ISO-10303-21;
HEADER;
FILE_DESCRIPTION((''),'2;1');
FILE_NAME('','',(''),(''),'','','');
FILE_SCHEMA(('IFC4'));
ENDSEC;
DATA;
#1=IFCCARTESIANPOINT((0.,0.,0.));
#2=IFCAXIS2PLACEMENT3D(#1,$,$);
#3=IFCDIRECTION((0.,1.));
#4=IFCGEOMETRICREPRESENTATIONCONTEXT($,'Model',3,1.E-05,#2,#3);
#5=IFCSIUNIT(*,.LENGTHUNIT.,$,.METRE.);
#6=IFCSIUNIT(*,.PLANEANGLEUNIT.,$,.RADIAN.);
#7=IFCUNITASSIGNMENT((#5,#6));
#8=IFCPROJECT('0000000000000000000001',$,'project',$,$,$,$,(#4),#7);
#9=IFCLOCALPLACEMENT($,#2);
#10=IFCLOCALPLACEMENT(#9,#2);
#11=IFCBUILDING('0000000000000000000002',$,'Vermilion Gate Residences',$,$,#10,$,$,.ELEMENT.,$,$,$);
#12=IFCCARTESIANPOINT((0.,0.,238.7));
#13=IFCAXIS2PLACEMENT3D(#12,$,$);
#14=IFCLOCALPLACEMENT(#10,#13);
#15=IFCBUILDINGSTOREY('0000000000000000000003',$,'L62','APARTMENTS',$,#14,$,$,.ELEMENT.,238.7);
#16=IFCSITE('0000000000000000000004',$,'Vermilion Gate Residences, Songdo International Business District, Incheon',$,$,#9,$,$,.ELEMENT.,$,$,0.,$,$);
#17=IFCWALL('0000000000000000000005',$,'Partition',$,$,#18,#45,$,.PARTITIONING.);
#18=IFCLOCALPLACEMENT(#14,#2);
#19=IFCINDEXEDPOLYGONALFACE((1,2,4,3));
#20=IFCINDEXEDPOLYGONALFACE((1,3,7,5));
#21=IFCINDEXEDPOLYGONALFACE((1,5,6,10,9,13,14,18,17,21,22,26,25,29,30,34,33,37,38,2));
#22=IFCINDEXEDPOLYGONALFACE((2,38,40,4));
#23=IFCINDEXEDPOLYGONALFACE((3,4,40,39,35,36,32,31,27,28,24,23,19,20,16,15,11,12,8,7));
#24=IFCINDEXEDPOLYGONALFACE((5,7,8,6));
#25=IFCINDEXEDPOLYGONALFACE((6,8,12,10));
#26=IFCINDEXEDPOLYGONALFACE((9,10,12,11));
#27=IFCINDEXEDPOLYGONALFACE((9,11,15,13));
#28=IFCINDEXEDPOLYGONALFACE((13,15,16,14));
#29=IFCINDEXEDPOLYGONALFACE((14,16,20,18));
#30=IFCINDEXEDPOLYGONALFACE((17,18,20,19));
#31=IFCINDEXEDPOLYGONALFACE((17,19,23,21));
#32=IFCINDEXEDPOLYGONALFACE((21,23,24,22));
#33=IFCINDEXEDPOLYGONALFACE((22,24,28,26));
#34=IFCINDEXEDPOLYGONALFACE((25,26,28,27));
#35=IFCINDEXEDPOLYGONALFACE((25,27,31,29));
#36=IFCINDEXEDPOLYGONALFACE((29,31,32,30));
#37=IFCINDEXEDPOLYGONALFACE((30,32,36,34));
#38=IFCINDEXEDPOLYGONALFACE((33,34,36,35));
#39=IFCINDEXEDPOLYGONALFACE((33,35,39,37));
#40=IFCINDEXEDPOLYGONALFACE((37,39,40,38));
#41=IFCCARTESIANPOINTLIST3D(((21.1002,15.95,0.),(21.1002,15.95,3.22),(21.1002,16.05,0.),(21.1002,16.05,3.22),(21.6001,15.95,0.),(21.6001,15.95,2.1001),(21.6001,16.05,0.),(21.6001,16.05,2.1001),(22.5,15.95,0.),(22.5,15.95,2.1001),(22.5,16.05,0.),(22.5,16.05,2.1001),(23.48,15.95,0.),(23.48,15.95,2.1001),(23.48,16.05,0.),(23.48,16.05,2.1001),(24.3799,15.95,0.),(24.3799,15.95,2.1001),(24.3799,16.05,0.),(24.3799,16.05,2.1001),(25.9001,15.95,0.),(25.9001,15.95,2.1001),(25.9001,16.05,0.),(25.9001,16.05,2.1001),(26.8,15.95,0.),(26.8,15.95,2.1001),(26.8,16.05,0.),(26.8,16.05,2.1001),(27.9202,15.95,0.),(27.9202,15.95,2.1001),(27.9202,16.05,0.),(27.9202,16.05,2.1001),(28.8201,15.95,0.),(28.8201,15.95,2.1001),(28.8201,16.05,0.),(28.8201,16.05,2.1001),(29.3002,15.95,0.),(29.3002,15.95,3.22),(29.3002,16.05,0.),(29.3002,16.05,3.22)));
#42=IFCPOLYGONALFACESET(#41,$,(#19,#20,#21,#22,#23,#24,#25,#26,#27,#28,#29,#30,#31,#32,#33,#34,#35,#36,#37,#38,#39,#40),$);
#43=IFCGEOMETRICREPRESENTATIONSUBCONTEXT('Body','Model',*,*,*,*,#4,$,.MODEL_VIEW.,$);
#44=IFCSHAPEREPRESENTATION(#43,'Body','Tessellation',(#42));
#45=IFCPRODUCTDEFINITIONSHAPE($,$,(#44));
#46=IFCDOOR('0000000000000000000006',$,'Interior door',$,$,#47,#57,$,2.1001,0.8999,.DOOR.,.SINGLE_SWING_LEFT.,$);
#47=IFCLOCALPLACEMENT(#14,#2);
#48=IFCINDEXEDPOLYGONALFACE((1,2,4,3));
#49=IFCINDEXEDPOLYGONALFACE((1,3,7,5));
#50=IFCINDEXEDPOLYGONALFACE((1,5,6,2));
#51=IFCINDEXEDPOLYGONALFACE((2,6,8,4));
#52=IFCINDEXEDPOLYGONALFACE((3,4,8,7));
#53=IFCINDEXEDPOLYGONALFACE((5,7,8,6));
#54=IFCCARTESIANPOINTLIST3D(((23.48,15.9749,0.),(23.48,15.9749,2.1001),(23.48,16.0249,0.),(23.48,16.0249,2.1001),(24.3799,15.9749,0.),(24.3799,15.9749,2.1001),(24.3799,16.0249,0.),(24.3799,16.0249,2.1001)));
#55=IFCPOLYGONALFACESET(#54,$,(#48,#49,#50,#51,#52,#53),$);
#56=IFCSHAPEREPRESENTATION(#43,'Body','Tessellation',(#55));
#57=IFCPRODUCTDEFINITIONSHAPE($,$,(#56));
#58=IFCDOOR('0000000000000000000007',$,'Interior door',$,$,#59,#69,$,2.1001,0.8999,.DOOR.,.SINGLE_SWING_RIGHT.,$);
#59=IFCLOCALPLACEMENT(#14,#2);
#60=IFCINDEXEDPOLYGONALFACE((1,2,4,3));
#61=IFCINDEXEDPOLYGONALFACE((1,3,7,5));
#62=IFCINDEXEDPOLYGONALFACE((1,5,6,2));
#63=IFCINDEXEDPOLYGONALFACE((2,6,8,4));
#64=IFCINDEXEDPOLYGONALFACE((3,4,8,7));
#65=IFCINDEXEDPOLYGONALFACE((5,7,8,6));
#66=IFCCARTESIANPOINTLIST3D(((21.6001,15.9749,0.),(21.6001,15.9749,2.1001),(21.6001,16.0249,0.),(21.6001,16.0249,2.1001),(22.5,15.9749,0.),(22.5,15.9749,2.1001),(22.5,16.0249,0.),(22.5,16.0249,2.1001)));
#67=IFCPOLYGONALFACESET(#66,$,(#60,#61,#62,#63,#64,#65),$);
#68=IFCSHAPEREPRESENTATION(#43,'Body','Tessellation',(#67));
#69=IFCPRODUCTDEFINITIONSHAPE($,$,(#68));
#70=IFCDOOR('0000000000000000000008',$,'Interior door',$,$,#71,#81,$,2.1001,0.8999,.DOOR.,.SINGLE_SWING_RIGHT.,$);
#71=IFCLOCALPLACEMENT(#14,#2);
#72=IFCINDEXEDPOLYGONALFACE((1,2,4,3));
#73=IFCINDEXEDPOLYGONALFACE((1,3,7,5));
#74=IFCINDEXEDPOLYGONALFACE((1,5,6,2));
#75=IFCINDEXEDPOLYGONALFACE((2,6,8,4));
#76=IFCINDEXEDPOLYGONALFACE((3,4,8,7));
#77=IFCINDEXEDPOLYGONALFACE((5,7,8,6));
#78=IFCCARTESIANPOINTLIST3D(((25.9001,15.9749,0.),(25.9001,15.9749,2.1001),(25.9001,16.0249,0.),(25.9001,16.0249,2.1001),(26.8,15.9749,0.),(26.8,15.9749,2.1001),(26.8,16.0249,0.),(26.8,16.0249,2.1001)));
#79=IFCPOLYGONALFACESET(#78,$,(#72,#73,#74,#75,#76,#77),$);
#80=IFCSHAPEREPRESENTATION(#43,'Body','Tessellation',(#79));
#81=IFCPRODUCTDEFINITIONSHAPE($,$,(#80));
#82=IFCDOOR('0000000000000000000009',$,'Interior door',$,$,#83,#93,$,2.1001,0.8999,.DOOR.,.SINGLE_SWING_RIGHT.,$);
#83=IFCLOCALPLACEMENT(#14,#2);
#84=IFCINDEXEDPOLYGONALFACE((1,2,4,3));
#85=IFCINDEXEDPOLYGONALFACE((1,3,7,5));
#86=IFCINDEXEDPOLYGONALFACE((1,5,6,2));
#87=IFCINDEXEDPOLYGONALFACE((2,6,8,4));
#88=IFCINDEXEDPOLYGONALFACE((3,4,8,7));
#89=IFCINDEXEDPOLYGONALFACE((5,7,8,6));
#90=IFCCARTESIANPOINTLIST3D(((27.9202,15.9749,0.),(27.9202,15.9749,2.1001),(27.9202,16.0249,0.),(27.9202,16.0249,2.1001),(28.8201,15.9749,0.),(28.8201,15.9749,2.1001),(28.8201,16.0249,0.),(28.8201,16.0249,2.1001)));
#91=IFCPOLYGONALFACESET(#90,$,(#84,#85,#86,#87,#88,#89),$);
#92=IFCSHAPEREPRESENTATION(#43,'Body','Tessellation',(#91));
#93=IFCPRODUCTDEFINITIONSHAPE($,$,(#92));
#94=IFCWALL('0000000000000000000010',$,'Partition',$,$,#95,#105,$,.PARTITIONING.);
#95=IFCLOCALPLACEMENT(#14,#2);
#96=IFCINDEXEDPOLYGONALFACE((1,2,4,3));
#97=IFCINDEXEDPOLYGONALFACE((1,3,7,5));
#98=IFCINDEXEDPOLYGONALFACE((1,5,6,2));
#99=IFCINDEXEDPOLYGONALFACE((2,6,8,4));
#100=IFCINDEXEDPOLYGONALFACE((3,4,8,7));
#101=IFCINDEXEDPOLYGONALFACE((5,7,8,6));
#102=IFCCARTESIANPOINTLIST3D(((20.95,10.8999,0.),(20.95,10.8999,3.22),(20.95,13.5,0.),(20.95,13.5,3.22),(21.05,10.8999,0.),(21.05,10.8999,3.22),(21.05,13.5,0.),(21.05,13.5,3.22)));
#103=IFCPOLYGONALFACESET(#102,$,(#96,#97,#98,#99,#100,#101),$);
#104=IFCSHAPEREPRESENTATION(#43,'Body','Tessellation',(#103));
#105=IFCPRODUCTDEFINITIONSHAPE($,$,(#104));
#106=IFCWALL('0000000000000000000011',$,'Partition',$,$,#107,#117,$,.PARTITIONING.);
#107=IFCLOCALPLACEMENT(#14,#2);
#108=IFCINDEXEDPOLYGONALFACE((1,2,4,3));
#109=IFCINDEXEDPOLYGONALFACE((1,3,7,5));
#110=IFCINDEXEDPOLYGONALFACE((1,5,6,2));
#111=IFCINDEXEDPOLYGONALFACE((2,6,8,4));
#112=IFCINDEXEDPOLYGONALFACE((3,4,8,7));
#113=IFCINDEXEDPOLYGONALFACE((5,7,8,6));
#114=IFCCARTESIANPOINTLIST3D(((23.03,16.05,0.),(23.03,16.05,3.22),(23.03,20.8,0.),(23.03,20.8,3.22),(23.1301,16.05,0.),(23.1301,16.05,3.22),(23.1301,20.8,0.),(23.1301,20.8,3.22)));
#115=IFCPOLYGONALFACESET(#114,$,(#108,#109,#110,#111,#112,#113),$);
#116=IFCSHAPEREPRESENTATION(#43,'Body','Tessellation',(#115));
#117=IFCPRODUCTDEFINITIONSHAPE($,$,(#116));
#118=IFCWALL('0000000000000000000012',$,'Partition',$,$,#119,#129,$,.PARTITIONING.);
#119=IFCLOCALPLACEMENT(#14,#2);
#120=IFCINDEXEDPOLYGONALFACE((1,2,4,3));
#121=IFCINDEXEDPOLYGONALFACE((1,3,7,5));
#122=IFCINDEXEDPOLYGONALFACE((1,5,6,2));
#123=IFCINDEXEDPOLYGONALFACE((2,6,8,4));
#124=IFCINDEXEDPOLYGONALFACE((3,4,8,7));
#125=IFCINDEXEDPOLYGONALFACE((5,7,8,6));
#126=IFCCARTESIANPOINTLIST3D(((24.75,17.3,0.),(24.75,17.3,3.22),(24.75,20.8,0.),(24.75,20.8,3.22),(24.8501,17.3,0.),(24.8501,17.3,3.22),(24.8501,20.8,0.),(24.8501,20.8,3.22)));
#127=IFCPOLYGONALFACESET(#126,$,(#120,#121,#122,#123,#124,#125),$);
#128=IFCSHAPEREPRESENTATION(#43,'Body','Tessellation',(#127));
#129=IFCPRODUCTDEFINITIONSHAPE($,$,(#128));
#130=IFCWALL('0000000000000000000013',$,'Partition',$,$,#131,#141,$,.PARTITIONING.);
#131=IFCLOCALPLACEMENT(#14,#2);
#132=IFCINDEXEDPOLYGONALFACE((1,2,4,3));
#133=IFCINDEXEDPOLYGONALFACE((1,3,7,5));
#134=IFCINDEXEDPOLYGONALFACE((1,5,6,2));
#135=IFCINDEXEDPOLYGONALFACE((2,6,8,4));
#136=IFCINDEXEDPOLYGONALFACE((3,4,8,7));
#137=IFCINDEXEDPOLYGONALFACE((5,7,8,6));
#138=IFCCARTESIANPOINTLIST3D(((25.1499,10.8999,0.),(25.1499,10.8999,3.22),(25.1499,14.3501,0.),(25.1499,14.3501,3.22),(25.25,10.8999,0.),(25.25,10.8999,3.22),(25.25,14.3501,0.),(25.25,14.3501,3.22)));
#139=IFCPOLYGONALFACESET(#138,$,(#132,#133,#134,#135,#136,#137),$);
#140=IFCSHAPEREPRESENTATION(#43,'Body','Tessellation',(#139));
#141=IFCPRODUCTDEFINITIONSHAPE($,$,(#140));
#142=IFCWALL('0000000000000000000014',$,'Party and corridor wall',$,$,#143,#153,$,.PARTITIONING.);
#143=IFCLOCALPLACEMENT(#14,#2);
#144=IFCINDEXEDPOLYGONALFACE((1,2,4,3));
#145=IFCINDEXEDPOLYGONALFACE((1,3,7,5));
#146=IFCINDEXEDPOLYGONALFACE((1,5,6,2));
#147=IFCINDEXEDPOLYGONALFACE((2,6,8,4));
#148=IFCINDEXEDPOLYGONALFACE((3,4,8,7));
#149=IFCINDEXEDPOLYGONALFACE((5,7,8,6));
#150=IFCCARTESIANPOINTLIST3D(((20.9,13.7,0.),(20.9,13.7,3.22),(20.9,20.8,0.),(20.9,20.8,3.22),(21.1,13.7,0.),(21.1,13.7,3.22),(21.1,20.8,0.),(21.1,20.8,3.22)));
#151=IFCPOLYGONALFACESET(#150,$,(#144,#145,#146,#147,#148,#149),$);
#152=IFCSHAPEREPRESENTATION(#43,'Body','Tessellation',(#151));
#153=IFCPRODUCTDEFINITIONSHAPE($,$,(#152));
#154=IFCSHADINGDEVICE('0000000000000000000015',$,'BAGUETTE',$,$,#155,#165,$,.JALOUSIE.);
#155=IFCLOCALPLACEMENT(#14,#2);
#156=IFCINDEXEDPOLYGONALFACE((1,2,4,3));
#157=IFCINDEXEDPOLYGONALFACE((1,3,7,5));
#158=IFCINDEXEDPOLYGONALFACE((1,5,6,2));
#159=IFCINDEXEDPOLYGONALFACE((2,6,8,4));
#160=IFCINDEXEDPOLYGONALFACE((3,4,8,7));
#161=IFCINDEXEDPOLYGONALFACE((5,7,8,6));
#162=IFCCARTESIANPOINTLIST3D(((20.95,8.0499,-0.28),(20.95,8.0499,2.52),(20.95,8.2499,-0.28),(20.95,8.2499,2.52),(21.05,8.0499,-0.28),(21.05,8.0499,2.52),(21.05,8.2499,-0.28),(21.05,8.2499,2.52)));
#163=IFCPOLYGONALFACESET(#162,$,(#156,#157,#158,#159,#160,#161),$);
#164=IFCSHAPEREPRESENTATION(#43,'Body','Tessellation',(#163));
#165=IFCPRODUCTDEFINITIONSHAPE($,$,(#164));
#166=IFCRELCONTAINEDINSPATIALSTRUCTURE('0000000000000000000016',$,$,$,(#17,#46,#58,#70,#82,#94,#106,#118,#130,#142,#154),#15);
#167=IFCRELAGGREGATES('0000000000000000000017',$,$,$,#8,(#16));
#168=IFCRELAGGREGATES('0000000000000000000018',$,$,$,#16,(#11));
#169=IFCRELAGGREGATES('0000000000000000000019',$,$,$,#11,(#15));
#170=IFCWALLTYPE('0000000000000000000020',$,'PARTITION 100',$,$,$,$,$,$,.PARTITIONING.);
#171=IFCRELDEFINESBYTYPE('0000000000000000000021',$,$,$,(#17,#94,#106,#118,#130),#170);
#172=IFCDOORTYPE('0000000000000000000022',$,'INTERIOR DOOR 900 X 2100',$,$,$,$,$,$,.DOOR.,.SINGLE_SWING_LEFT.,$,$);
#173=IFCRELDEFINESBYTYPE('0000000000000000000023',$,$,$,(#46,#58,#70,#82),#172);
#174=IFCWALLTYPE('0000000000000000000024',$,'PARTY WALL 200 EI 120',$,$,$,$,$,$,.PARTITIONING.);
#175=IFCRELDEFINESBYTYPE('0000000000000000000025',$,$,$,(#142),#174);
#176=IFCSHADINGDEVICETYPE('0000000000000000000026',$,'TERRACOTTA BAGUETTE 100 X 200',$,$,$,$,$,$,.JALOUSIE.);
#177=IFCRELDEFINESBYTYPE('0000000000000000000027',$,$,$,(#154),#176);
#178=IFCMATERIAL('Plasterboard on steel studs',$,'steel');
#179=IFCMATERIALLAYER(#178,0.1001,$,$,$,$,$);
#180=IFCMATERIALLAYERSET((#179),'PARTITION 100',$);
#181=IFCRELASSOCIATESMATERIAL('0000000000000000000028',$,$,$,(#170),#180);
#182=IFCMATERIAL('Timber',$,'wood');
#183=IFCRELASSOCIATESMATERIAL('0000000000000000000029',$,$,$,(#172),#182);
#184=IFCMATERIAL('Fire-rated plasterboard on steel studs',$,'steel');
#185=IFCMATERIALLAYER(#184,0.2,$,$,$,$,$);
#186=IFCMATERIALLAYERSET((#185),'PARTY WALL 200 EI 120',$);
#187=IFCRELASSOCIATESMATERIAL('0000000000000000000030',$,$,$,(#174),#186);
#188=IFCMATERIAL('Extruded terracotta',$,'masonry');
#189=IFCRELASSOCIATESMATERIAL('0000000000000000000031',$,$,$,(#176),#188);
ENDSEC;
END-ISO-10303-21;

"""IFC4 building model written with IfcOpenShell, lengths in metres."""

from ifc_helpers import new_model, si_unit, direction, frame, frame_2d, origin, origin_2d, place, context, subcontext, project, spatial, rectangle, extrude, material, layer, layer_set, material_profile, profile_set, type_object, element, fill, save


model = new_model("IFC4")

# Units and contexts
model_context = context("Model", 3, precision=1e-05, world=origin(), true_north=direction((0.0, 1.0)))
body_context = subcontext(model_context, "Body", "Model", "MODEL_VIEW")
ifc_project = project(units=[si_unit("LENGTHUNIT", "METRE"), si_unit("PLANEANGLEUNIT", "RADIAN")], contexts=[model_context])

# Site, building, storey
site_placement = place(None, origin())
site = spatial("IfcSite", under=ifc_project, at=site_placement, Name="Vermilion Gate Residences, Songdo International Business District, Incheon", CompositionType="ELEMENT", RefElevation=0.0)
building_placement = place(site_placement, origin())
building = spatial("IfcBuilding", under=site, at=building_placement, Name="Vermilion Gate Residences", CompositionType="ELEMENT")
storey_placement = place(building_placement, frame((0.0, 0.0, 238.7)))
storey = spatial("IfcBuildingStorey", under=building, at=storey_placement, Name="L62", Description="APARTMENTS", CompositionType="ELEMENT", Elevation=238.7)

# Wall, openings, doors
ifc_material_1 = material(Name="Plasterboard on steel studs", Category="steel")
ifc_layer_1 = layer(ifc_material_1, 0.1001)
ifc_layer_set_1 = layer_set([ifc_layer_1], Name="PARTITION 100")
wall_type_1 = type_object("IfcWallType", Name="PARTITION 100", PredefinedType="PARTITIONING", material=ifc_layer_set_1)
ifc_material_2 = material(Name="Timber", Category="wood")
door_type = type_object("IfcDoorType", Name="INTERIOR DOOR 900 X 2100", OperationType="SINGLE_SWING_LEFT", PredefinedType="DOOR", material=ifc_material_2)
wall_1_placement = place(storey_placement, frame((21.1001, 16.0, 0.0), z_axis=(0.0, 0.0, 1.0), x_axis=(1.0, 0.0, 0.0)))
wall_1 = element("IfcWall", 1, at=wall_1_placement, inside=storey, type_object=wall_type_1, Name="Partition", PredefinedType="PARTITIONING", context=body_context, shape_type="SweptSolid", body=[
    extrude(rectangle(XDim=8.2, YDim=0.1001, at=frame_2d((4.1001, 0.0))), origin(), (0.0, 0.0, 1.0), 3.22),
])
opening_1_placement = place(wall_1_placement, frame((2.3799, 0.0, 0.0)))
opening_1 = element("IfcOpeningElement", 2, at=opening_1_placement, cuts=wall_1, PredefinedType="OPENING", context=body_context, shape_type="SweptSolid", body=[
    extrude(rectangle(XDim=0.8999, YDim=2.1001, at=frame_2d((0.45, 1.05))), frame((0.0, 0.0601, 0.0), z_axis=(0.0, -1.0, 0.0), x_axis=(1.0, 0.0, 0.0)), (0.0, 0.0, 1.0), 0.1201),
])
opening_2_placement = place(wall_1_placement, frame((0.5, 0.0, 0.0)))
opening_2 = element("IfcOpeningElement", 3, at=opening_2_placement, cuts=wall_1, PredefinedType="OPENING", context=body_context, shape_type="SweptSolid", body=[
    extrude(rectangle(XDim=0.8999, YDim=2.1001, at=frame_2d((0.45, 1.05))), frame((0.0, 0.0601, 0.0), z_axis=(0.0, -1.0, 0.0), x_axis=(1.0, 0.0, 0.0)), (0.0, 0.0, 1.0), 0.1201),
])
opening_3_placement = place(wall_1_placement, frame((4.8, 0.0, 0.0)))
opening_3 = element("IfcOpeningElement", 4, at=opening_3_placement, cuts=wall_1, PredefinedType="OPENING", context=body_context, shape_type="SweptSolid", body=[
    extrude(rectangle(XDim=0.8999, YDim=2.1001, at=frame_2d((0.45, 1.05))), frame((0.0, 0.0601, 0.0), z_axis=(0.0, -1.0, 0.0), x_axis=(1.0, 0.0, 0.0)), (0.0, 0.0, 1.0), 0.1201),
])
opening_4_placement = place(wall_1_placement, frame((6.8201, 0.0, 0.0)))
opening_4 = element("IfcOpeningElement", 5, at=opening_4_placement, cuts=wall_1, PredefinedType="OPENING", context=body_context, shape_type="SweptSolid", body=[
    extrude(rectangle(XDim=0.8999, YDim=2.1001, at=frame_2d((0.45, 1.05))), frame((0.0, 0.0601, 0.0), z_axis=(0.0, -1.0, 0.0), x_axis=(1.0, 0.0, 0.0)), (0.0, 0.0, 1.0), 0.1201),
])
door_1_placement = place(opening_1_placement, origin())
door_1 = element("IfcDoor", 6, at=door_1_placement, inside=storey, type_object=door_type, Name="Interior door", OperationType="SINGLE_SWING_LEFT", OverallHeight=2.1001, OverallWidth=0.8999, PredefinedType="DOOR", context=body_context, shape_type="SweptSolid", body=[
    extrude(rectangle(XDim=0.8999, YDim=2.1001, at=frame_2d((0.45, 1.05))), frame((0.0, 0.0249, 0.0), z_axis=(0.0, -1.0, 0.0), x_axis=(1.0, 0.0, 0.0)), (0.0, 0.0, 1.0), 0.05),
])
fill(opening_1, door_1)
door_2_placement = place(opening_2_placement, origin())
door_2 = element("IfcDoor", 7, at=door_2_placement, inside=storey, type_object=door_type, Name="Interior door", OperationType="SINGLE_SWING_RIGHT", OverallHeight=2.1001, OverallWidth=0.8999, PredefinedType="DOOR", context=body_context, shape_type="SweptSolid", body=[
    extrude(rectangle(XDim=0.8999, YDim=2.1001, at=frame_2d((0.45, 1.05))), frame((0.0, 0.0249, 0.0), z_axis=(0.0, -1.0, 0.0), x_axis=(1.0, 0.0, 0.0)), (0.0, 0.0, 1.0), 0.05),
])
fill(opening_2, door_2)
door_3_placement = place(opening_3_placement, origin())
door_3 = element("IfcDoor", 8, at=door_3_placement, inside=storey, type_object=door_type, Name="Interior door", OperationType="SINGLE_SWING_RIGHT", OverallHeight=2.1001, OverallWidth=0.8999, PredefinedType="DOOR", context=body_context, shape_type="SweptSolid", body=[
    extrude(rectangle(XDim=0.8999, YDim=2.1001, at=frame_2d((0.45, 1.05))), frame((0.0, 0.0249, 0.0), z_axis=(0.0, -1.0, 0.0), x_axis=(1.0, 0.0, 0.0)), (0.0, 0.0, 1.0), 0.05),
])
fill(opening_3, door_3)
door_4_placement = place(opening_4_placement, origin())
door_4 = element("IfcDoor", 9, at=door_4_placement, inside=storey, type_object=door_type, Name="Interior door", OperationType="SINGLE_SWING_RIGHT", OverallHeight=2.1001, OverallWidth=0.8999, PredefinedType="DOOR", context=body_context, shape_type="SweptSolid", body=[
    extrude(rectangle(XDim=0.8999, YDim=2.1001, at=frame_2d((0.45, 1.05))), frame((0.0, 0.0249, 0.0), z_axis=(0.0, -1.0, 0.0), x_axis=(1.0, 0.0, 0.0)), (0.0, 0.0, 1.0), 0.05),
])
fill(opening_4, door_4)

# Walls
wall_2_placement = place(storey_placement, frame((21.0, 10.8999, 0.0), z_axis=(0.0, 0.0, 1.0), x_axis=(0.0, 1.0, 0.0)))
element("IfcWall", 10, at=wall_2_placement, inside=storey, type_object=wall_type_1, Name="Partition", PredefinedType="PARTITIONING", context=body_context, shape_type="SweptSolid", body=[
    extrude(rectangle(XDim=2.6001, YDim=0.1001, at=frame_2d((1.3, 0.0))), origin(), (0.0, 0.0, 1.0), 3.22),
])
wall_3_placement = place(storey_placement, frame((23.0801, 16.05, 0.0), z_axis=(0.0, 0.0, 1.0), x_axis=(0.0, 1.0, 0.0)))
element("IfcWall", 11, at=wall_3_placement, inside=storey, type_object=wall_type_1, Name="Partition", PredefinedType="PARTITIONING", context=body_context, shape_type="SweptSolid", body=[
    extrude(rectangle(XDim=4.75, YDim=0.1001, at=frame_2d((2.375, 0.0))), origin(), (0.0, 0.0, 1.0), 3.22),
])
wall_4_placement = place(storey_placement, frame((24.8, 17.3, 0.0), z_axis=(0.0, 0.0, 1.0), x_axis=(0.0, 1.0, 0.0)))
element("IfcWall", 12, at=wall_4_placement, inside=storey, type_object=wall_type_1, Name="Partition", PredefinedType="PARTITIONING", context=body_context, shape_type="SweptSolid", body=[
    extrude(rectangle(XDim=3.5, YDim=0.1001, at=frame_2d((1.75, 0.0))), origin(), (0.0, 0.0, 1.0), 3.22),
])
wall_5_placement = place(storey_placement, frame((25.2, 10.8999, 0.0), z_axis=(0.0, 0.0, 1.0), x_axis=(0.0, 1.0, 0.0)))
element("IfcWall", 13, at=wall_5_placement, inside=storey, type_object=wall_type_1, Name="Partition", PredefinedType="PARTITIONING", context=body_context, shape_type="SweptSolid", body=[
    extrude(rectangle(XDim=3.4502, YDim=0.1001, at=frame_2d((1.7251, 0.0))), origin(), (0.0, 0.0, 1.0), 3.22),
])
ifc_material_3 = material(Name="Fire-rated plasterboard on steel studs", Category="steel")
ifc_layer_2 = layer(ifc_material_3, 0.2)
ifc_layer_set_2 = layer_set([ifc_layer_2], Name="PARTY WALL 200 EI 120")
wall_type_2 = type_object("IfcWallType", Name="PARTY WALL 200 EI 120", PredefinedType="PARTITIONING", material=ifc_layer_set_2)
wall_6_placement = place(storey_placement, frame((21.0, 13.7, 0.0), z_axis=(0.0, 0.0, 1.0), x_axis=(0.0, 1.0, 0.0)))
element("IfcWall", 14, at=wall_6_placement, inside=storey, type_object=wall_type_2, Name="Party and corridor wall", PredefinedType="PARTITIONING", context=body_context, shape_type="SweptSolid", body=[
    extrude(rectangle(XDim=7.1001, YDim=0.2, at=frame_2d((3.55, 0.0))), origin(), (0.0, 0.0, 1.0), 3.22),
])

# Shading device
ifc_material_4 = material(Name="Extruded terracotta", Category="masonry")
ifc_material_profile_1 = material_profile(ifc_material_4, rectangle(XDim=0.2, YDim=0.1001, at=origin_2d()), Name="BAGUETTE 100 X 200")
ifc_profile_set_1 = profile_set([ifc_material_profile_1], Name="Extruded terracotta")
shading_device_type = type_object("IfcShadingDeviceType", Name="TERRACOTTA BAGUETTE 100 X 200", PredefinedType="JALOUSIE", material=ifc_profile_set_1)
shading_device_placement = place(storey_placement, frame((21.0, 8.1499, -0.28), z_axis=(0.0, 0.0, 1.0), x_axis=(0.0, 1.0, 0.0)))
element("IfcShadingDevice", 15, at=shading_device_placement, inside=storey, type_object=shading_device_type, Name="BAGUETTE", PredefinedType="JALOUSIE", context=body_context, shape_type="SweptSolid", body=[
    extrude(rectangle(XDim=0.2, YDim=0.1001, at=origin_2d()), origin(), (0.0, 0.0, 1.0), 2.8),
])

save(model, "model.ifc")
